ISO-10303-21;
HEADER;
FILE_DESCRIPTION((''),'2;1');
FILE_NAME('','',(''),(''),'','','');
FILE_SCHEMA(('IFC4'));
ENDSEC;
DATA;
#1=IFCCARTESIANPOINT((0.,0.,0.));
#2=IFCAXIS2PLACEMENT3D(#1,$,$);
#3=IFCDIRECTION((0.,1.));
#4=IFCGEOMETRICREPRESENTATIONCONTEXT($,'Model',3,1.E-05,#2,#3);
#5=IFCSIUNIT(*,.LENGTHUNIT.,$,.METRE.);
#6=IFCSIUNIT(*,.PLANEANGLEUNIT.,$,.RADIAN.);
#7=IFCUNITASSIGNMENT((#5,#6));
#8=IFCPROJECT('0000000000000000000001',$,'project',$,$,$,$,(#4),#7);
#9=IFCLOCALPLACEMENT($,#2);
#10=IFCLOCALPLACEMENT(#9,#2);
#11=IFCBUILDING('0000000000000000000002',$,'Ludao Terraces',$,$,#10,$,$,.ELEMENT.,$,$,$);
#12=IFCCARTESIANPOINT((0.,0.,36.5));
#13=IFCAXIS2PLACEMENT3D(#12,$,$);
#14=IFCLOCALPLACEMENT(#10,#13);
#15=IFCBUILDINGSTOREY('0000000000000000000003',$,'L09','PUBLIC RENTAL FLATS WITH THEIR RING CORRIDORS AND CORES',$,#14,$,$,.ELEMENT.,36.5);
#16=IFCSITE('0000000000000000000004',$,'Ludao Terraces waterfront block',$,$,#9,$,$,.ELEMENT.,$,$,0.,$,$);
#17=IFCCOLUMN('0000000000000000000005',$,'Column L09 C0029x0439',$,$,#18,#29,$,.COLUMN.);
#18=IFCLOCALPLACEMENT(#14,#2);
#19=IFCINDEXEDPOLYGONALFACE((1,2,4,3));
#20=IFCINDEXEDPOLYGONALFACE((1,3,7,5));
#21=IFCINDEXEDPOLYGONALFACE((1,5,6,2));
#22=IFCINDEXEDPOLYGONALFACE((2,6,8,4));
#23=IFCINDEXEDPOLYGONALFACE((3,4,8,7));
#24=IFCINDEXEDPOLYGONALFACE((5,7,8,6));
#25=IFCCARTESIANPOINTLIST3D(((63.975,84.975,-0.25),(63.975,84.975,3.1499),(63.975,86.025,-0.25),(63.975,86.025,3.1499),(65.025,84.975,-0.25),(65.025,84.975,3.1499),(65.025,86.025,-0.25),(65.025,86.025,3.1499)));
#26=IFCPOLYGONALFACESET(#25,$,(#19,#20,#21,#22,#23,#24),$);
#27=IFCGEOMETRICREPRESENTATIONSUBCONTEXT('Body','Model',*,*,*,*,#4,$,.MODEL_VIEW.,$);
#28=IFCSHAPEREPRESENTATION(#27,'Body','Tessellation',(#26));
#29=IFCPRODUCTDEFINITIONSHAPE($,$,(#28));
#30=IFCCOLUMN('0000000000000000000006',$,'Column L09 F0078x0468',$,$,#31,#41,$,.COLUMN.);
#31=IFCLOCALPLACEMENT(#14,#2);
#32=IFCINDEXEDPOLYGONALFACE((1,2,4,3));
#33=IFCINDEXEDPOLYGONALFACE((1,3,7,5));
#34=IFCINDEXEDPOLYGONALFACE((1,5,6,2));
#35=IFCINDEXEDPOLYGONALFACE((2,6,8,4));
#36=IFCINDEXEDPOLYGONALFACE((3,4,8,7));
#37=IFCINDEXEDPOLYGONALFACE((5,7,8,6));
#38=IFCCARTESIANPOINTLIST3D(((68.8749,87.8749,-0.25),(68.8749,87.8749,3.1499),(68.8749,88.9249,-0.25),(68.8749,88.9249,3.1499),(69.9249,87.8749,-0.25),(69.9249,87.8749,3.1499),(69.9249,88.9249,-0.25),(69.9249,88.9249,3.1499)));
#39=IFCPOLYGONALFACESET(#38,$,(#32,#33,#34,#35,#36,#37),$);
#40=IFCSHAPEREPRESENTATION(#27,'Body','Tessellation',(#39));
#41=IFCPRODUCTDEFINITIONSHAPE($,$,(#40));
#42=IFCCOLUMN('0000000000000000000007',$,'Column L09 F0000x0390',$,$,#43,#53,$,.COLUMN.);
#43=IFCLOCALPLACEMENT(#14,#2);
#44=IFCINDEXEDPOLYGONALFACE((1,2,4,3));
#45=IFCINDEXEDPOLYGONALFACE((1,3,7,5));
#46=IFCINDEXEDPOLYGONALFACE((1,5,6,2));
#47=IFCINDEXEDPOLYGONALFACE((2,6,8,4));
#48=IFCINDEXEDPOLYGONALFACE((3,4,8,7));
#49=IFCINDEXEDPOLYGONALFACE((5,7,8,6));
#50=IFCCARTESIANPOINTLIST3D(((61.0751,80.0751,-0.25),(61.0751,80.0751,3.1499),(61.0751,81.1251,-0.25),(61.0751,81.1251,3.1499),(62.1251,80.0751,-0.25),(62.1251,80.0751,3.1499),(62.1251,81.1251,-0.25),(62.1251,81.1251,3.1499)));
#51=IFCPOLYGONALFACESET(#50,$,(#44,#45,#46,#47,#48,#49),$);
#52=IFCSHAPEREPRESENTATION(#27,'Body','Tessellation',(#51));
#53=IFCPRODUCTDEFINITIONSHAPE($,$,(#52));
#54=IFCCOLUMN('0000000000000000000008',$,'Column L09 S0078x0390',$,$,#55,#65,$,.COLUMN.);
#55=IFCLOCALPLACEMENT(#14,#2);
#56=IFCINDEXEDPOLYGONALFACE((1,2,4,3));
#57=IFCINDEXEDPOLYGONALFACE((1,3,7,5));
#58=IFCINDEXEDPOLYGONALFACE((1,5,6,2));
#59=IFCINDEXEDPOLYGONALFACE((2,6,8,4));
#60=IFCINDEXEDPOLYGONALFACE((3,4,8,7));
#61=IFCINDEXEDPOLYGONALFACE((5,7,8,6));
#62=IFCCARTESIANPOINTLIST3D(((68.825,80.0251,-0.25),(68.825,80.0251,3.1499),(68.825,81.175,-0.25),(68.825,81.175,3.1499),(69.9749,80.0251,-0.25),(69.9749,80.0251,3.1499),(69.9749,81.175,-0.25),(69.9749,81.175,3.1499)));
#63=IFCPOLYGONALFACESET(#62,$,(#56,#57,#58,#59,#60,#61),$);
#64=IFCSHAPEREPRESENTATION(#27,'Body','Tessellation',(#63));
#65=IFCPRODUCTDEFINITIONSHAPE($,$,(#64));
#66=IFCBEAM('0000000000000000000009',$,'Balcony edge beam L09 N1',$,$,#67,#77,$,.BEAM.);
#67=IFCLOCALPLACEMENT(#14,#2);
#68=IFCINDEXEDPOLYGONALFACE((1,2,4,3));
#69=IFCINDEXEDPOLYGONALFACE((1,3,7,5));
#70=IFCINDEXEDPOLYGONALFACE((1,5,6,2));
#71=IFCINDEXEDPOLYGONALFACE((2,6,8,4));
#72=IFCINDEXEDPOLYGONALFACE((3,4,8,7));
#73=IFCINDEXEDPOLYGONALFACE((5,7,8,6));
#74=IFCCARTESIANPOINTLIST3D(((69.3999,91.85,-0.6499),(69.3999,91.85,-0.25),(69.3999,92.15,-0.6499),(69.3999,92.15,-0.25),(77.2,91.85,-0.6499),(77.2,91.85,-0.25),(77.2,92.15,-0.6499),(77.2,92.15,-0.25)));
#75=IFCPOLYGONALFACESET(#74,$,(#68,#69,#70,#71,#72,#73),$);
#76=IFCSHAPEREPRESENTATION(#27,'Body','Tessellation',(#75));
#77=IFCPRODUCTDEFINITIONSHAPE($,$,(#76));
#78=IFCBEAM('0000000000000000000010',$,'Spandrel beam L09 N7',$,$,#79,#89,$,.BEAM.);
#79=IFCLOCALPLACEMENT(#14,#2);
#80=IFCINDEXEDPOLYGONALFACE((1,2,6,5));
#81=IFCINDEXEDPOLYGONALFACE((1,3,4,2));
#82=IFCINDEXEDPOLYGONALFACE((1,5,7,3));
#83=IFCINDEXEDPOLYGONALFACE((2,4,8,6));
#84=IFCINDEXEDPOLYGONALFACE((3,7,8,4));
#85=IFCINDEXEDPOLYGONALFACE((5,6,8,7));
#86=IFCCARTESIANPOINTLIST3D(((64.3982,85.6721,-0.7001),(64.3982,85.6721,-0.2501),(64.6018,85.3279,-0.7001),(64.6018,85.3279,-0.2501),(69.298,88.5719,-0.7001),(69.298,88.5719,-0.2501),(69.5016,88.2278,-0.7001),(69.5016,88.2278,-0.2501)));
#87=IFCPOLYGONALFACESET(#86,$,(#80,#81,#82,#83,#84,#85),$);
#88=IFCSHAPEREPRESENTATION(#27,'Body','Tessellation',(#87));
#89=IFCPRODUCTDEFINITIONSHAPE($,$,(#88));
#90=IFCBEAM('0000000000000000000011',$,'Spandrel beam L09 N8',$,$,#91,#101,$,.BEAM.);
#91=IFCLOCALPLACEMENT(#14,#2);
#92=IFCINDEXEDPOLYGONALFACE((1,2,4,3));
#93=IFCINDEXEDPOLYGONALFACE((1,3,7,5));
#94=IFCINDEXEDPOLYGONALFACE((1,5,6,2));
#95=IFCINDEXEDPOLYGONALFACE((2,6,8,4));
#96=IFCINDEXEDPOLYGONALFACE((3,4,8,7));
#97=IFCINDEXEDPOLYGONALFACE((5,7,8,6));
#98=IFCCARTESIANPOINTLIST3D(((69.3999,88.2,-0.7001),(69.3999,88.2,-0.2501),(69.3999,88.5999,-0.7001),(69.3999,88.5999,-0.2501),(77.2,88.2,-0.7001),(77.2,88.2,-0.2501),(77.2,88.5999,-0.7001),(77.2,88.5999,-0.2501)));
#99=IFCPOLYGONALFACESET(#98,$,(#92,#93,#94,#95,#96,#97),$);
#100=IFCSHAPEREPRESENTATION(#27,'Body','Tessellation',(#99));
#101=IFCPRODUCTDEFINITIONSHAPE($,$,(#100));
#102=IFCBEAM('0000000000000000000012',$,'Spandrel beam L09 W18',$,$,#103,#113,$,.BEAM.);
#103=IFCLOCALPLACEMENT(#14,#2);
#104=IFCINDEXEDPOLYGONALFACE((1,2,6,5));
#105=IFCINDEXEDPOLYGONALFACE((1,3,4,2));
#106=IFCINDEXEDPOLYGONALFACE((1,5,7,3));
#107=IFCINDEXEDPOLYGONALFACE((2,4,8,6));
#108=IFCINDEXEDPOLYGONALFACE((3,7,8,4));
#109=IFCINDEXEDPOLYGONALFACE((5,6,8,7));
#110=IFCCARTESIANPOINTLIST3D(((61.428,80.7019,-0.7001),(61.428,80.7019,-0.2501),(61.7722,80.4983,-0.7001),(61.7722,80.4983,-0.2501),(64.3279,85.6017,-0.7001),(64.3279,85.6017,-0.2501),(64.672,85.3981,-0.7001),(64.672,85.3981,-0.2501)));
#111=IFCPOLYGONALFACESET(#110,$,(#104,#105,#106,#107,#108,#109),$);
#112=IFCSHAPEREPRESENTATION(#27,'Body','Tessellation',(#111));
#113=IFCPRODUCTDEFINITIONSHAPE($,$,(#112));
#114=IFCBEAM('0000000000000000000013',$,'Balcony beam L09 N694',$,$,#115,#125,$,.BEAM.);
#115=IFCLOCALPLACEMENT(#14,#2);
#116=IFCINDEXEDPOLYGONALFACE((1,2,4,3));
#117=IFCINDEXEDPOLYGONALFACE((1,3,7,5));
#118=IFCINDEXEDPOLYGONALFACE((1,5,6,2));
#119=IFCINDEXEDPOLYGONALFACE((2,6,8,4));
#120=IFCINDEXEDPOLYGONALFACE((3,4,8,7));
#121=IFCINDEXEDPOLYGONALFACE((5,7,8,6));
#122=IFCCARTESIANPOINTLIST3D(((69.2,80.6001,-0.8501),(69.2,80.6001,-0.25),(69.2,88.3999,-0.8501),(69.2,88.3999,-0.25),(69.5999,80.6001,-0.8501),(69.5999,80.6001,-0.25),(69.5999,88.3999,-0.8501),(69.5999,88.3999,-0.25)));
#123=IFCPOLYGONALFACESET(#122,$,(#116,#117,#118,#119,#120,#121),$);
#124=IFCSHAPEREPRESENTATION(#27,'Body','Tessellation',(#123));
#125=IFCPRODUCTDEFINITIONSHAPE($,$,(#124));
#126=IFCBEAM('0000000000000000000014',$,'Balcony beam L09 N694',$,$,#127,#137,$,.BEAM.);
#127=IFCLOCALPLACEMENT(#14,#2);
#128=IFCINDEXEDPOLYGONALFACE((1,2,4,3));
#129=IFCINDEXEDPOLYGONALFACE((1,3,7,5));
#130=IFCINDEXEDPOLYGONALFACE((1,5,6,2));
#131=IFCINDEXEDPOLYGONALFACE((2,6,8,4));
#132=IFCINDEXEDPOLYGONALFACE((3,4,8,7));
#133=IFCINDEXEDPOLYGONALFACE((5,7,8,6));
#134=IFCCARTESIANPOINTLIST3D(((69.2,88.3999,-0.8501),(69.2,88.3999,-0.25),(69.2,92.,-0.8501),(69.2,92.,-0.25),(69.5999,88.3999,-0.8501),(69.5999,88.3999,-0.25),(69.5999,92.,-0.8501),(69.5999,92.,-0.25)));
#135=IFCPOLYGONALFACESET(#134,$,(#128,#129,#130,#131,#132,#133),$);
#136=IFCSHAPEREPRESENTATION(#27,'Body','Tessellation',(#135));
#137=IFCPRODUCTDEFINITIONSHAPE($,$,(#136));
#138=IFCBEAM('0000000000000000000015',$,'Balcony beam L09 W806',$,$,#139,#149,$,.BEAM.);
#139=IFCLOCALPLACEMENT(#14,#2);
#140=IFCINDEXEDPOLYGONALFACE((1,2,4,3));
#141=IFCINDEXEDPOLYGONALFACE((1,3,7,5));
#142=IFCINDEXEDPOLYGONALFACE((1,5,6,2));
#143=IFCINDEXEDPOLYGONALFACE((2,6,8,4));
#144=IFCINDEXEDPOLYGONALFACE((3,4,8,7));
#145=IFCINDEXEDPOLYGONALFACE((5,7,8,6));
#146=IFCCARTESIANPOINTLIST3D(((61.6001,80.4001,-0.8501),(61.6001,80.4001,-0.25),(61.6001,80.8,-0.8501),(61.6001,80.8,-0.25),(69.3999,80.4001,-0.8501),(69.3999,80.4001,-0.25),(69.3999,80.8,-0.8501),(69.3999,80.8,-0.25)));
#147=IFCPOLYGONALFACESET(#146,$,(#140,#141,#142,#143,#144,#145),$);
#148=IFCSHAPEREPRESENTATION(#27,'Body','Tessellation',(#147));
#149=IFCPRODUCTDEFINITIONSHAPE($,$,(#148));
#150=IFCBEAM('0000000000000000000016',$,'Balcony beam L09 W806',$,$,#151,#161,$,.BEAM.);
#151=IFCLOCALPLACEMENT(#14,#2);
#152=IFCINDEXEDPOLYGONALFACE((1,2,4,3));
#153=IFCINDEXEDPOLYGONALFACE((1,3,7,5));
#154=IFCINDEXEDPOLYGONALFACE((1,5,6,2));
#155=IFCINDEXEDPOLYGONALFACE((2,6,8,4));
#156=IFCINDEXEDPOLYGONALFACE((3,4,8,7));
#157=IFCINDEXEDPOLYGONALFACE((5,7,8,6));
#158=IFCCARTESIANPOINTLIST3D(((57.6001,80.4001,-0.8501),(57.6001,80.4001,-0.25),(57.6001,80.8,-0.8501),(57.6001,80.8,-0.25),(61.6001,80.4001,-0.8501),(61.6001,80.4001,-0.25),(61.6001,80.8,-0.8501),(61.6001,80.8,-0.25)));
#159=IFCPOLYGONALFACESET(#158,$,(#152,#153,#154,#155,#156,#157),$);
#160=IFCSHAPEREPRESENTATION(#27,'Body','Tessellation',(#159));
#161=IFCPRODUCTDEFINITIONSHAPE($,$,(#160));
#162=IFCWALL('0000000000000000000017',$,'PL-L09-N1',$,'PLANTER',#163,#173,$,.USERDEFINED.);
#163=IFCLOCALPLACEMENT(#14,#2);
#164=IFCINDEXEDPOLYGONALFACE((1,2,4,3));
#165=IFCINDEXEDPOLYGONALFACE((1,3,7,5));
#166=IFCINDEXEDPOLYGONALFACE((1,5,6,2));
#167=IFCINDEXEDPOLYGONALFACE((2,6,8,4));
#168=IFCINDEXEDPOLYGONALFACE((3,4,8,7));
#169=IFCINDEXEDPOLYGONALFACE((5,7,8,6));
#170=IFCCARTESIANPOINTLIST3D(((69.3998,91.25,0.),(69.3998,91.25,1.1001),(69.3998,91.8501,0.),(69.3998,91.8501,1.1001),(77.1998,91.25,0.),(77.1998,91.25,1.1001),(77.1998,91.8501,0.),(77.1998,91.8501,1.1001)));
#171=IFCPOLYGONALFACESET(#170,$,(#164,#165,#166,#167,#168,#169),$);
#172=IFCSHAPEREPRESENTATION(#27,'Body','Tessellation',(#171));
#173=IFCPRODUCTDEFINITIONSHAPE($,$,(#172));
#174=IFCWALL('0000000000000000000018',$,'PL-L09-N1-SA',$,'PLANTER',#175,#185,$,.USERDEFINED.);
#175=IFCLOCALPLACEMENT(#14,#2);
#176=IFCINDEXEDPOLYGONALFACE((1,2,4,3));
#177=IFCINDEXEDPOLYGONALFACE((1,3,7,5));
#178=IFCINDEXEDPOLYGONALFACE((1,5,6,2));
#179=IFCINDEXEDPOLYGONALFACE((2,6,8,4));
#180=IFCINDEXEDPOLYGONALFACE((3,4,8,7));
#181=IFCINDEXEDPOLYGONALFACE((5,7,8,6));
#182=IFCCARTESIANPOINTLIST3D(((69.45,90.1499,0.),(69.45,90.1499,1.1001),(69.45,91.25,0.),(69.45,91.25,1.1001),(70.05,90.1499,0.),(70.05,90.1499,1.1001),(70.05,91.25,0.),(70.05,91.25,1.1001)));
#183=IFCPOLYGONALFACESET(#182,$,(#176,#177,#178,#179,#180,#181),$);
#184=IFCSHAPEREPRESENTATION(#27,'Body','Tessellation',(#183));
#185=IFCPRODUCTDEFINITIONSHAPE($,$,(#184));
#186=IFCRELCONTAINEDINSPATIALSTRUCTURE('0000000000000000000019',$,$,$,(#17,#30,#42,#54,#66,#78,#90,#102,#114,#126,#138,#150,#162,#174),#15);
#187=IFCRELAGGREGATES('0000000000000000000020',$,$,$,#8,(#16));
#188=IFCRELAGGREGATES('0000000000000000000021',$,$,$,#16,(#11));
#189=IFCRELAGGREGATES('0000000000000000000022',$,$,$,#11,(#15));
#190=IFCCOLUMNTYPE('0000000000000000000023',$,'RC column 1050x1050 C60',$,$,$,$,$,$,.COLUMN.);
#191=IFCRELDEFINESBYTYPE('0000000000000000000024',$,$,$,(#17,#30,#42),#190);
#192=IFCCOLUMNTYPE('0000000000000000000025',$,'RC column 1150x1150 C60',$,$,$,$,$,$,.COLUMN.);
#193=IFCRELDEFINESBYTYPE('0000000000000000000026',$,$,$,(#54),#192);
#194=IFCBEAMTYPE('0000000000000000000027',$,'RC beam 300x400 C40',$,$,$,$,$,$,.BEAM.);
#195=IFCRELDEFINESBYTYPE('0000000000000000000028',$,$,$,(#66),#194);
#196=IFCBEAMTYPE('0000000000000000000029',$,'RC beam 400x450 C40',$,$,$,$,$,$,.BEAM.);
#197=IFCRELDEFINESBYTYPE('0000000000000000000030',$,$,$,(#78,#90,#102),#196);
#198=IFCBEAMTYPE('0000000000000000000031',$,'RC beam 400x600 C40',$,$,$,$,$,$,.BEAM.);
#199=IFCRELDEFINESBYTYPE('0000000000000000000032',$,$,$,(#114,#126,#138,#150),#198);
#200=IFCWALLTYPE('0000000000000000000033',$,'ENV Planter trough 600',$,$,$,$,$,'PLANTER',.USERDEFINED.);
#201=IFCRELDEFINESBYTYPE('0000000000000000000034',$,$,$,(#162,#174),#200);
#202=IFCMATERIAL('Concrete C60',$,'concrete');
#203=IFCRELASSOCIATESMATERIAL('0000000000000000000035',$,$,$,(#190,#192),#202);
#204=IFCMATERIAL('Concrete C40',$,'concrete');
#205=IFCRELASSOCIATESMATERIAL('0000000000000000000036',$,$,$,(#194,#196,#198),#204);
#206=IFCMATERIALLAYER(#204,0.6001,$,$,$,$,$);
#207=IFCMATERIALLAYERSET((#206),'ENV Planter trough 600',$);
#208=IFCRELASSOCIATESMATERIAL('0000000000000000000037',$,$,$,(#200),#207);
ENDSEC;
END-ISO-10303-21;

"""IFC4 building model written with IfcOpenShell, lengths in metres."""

from ifc_helpers import new_model, si_unit, direction, frame, frame_2d, origin, origin_2d, place, context, subcontext, project, spatial, rectangle, extrude, material, layer, layer_set, material_profile, profile_set, type_object, element, save


model = new_model("IFC4")

# Units and contexts
model_context = context("Model", 3, precision=1e-05, world=origin(), true_north=direction((0.0, 1.0)))
body_context = subcontext(model_context, "Body", "Model", "MODEL_VIEW")
ifc_project = project(units=[si_unit("LENGTHUNIT", "METRE"), si_unit("PLANEANGLEUNIT", "RADIAN")], contexts=[model_context])

# Site, building, storey
site_placement = place(None, origin())
site = spatial("IfcSite", under=ifc_project, at=site_placement, Name="Ludao Terraces waterfront block", CompositionType="ELEMENT", RefElevation=0.0)
building_placement = place(site_placement, origin())
building = spatial("IfcBuilding", under=site, at=building_placement, Name="Ludao Terraces", CompositionType="ELEMENT")
storey_placement = place(building_placement, frame((0.0, 0.0, 36.5)))
storey = spatial("IfcBuildingStorey", under=building, at=storey_placement, Name="L09", Description="PUBLIC RENTAL FLATS WITH THEIR RING CORRIDORS AND CORES", CompositionType="ELEMENT", Elevation=36.5)

# Columns
ifc_material_1 = material(Name="Concrete C60", Category="concrete")
ifc_material_profile_1 = material_profile(ifc_material_1, rectangle(XDim=1.05, YDim=1.05, at=origin_2d()), Name="1050 X 1050")
ifc_profile_set_1 = profile_set([ifc_material_profile_1], Name="Concrete C60")
column_type_1 = type_object("IfcColumnType", Name="RC column 1050x1050 C60", PredefinedType="COLUMN", material=ifc_profile_set_1)
for number, where, z_axis, x_axis, name in (
    (1, (64.5, 85.5, -0.25), (0.0, 0.0, 1.0), (1.0, 0.0, 0.0), "Column L09 C0029x0439"),
    (2, (69.3999, 88.3999, -0.25), (0.0, 0.0, 1.0), (1.0, 0.0, 0.0), "Column L09 F0078x0468"),
    (3, (61.6001, 80.6001, -0.25), (0.0, 0.0, 1.0), (1.0, 0.0, 0.0), "Column L09 F0000x0390"),
):
    element("IfcColumn", number, at=place(storey_placement, frame(where, z_axis=z_axis, x_axis=x_axis)), inside=storey, type_object=column_type_1, Name=name, PredefinedType="COLUMN", context=body_context, shape_type="SweptSolid", body=[
        extrude(rectangle(XDim=1.05, YDim=1.05, at=origin_2d()), origin(), (0.0, 0.0, 1.0), 3.3999),
    ])
ifc_material_profile_2 = material_profile(ifc_material_1, rectangle(XDim=1.1499, YDim=1.1499, at=origin_2d()), Name="1150 X 1150")
ifc_profile_set_2 = profile_set([ifc_material_profile_2], Name="Concrete C60")
column_type_2 = type_object("IfcColumnType", Name="RC column 1150x1150 C60", PredefinedType="COLUMN", material=ifc_profile_set_2)
column_placement = place(storey_placement, frame((69.3999, 80.6001, -0.25), z_axis=(0.0, 0.0, 1.0), x_axis=(1.0, 0.0, 0.0)))
element("IfcColumn", 4, at=column_placement, inside=storey, type_object=column_type_2, Name="Column L09 S0078x0390", PredefinedType="COLUMN", context=body_context, shape_type="SweptSolid", body=[
    extrude(rectangle(XDim=1.1499, YDim=1.1499, at=origin_2d()), origin(), (0.0, 0.0, 1.0), 3.3999),
])

# Beams
ifc_material_2 = material(Name="Concrete C40", Category="concrete")
ifc_material_profile_3 = material_profile(ifc_material_2, rectangle(XDim=0.3, YDim=0.3999, at=origin_2d()), Name="300 X 400")
ifc_profile_set_3 = profile_set([ifc_material_profile_3], Name="Concrete C40")
beam_type_1 = type_object("IfcBeamType", Name="RC beam 300x400 C40", PredefinedType="BEAM", material=ifc_profile_set_3)
beam_1_placement = place(storey_placement, frame((69.3999, 92.0, -0.45), z_axis=(1.0, 0.0, 0.0), x_axis=(0.0, 1.0, 0.0)))
element("IfcBeam", 5, at=beam_1_placement, inside=storey, type_object=beam_type_1, Name="Balcony edge beam L09 N1", PredefinedType="BEAM", context=body_context, shape_type="SweptSolid", body=[
    extrude(rectangle(XDim=0.3, YDim=0.3999, at=origin_2d()), origin(), (0.0, 0.0, 1.0), 7.8),
])
ifc_material_profile_4 = material_profile(ifc_material_2, rectangle(XDim=0.3999, YDim=0.45, at=origin_2d()), Name="400 X 450")
ifc_profile_set_4 = profile_set([ifc_material_profile_4], Name="Concrete C40")
beam_type_2 = type_object("IfcBeamType", Name="RC beam 400x450 C40", PredefinedType="BEAM", material=ifc_profile_set_4)
beam_2_placement = place(storey_placement, frame((64.5, 85.5, -0.4751), z_axis=(0.86058, 0.509316, 0.0), x_axis=(-0.509316, 0.86058, 0.0)))
element("IfcBeam", 6, at=beam_2_placement, inside=storey, type_object=beam_type_2, Name="Spandrel beam L09 N7", PredefinedType="BEAM", context=body_context, shape_type="SweptSolid", body=[
    extrude(rectangle(XDim=0.3999, YDim=0.45, at=origin_2d()), origin(), (0.0, 0.0, 1.0), 5.6936),
])
beam_3_placement = place(storey_placement, frame((69.3999, 88.3999, -0.4751), z_axis=(1.0, 0.0, 0.0), x_axis=(0.0, 1.0, 0.0)))
element("IfcBeam", 7, at=beam_3_placement, inside=storey, type_object=beam_type_2, Name="Spandrel beam L09 N8", PredefinedType="BEAM", context=body_context, shape_type="SweptSolid", body=[
    extrude(rectangle(XDim=0.3999, YDim=0.45, at=origin_2d()), origin(), (0.0, 0.0, 1.0), 7.8),
])
beam_4_placement = place(storey_placement, frame((61.6001, 80.6001, -0.4751), z_axis=(0.509316, 0.86058, 0.0), x_axis=(-0.86058, 0.509316, 0.0)))
element("IfcBeam", 8, at=beam_4_placement, inside=storey, type_object=beam_type_2, Name="Spandrel beam L09 W18", PredefinedType="BEAM", context=body_context, shape_type="SweptSolid", body=[
    extrude(rectangle(XDim=0.3999, YDim=0.45, at=origin_2d()), origin(), (0.0, 0.0, 1.0), 5.6936),
])
ifc_material_profile_5 = material_profile(ifc_material_2, rectangle(XDim=0.3999, YDim=0.6001, at=origin_2d()), Name="400 X 600")
ifc_profile_set_5 = profile_set([ifc_material_profile_5], Name="Concrete C40")
beam_type_3 = type_object("IfcBeamType", Name="RC beam 400x600 C40", PredefinedType="BEAM", material=ifc_profile_set_5)
beam_5_placement = place(storey_placement, frame((69.3999, 80.6001, -0.55), z_axis=(0.0, 1.0, 0.0), x_axis=(-1.0, 0.0, 0.0)))
element("IfcBeam", 9, at=beam_5_placement, inside=storey, type_object=beam_type_3, Name="Balcony beam L09 N694", PredefinedType="BEAM", context=body_context, shape_type="SweptSolid", body=[
    extrude(rectangle(XDim=0.3999, YDim=0.6001, at=origin_2d()), origin(), (0.0, 0.0, 1.0), 7.7998),
])
beam_6_placement = place(storey_placement, frame((69.3999, 88.3999, -0.55), z_axis=(0.0, 1.0, 0.0), x_axis=(-1.0, 0.0, 0.0)))
element("IfcBeam", 10, at=beam_6_placement, inside=storey, type_object=beam_type_3, Name="Balcony beam L09 N694", PredefinedType="BEAM", context=body_context, shape_type="SweptSolid", body=[
    extrude(rectangle(XDim=0.3999, YDim=0.6001, at=origin_2d()), origin(), (0.0, 0.0, 1.0), 3.6001),
])
beam_7_placement = place(storey_placement, frame((69.3999, 80.6001, -0.55), z_axis=(-1.0, 0.0, 0.0), x_axis=(0.0, -1.0, 0.0)))
element("IfcBeam", 11, at=beam_7_placement, inside=storey, type_object=beam_type_3, Name="Balcony beam L09 W806", PredefinedType="BEAM", context=body_context, shape_type="SweptSolid", body=[
    extrude(rectangle(XDim=0.3999, YDim=0.6001, at=origin_2d()), origin(), (0.0, 0.0, 1.0), 7.7998),
])
beam_8_placement = place(storey_placement, frame((61.6001, 80.6001, -0.55), z_axis=(-1.0, 0.0, 0.0), x_axis=(0.0, -1.0, 0.0)))
element("IfcBeam", 12, at=beam_8_placement, inside=storey, type_object=beam_type_3, Name="Balcony beam L09 W806", PredefinedType="BEAM", context=body_context, shape_type="SweptSolid", body=[
    extrude(rectangle(XDim=0.3999, YDim=0.6001, at=origin_2d()), origin(), (0.0, 0.0, 1.0), 4.0),
])

# Walls
ifc_layer_1 = layer(ifc_material_2, 0.6001)
ifc_layer_set_1 = layer_set([ifc_layer_1], Name="ENV Planter trough 600")
wall_type_1 = type_object("IfcWallType", Name="ENV Planter trough 600", ElementType="PLANTER", PredefinedType="USERDEFINED", material=ifc_layer_set_1)
wall_1_placement = place(storey_placement, frame((69.3999, 91.55, 0.0), z_axis=(0.0, 0.0, 1.0), x_axis=(1.0, 0.0, 0.0)))
element("IfcWall", 13, at=wall_1_placement, inside=storey, type_object=wall_type_1, Name="PL-L09-N1", ObjectType="PLANTER", PredefinedType="USERDEFINED", context=body_context, shape_type="SweptSolid", body=[
    extrude(rectangle(XDim=7.8, YDim=0.6001, at=frame_2d((3.8999, 0.0))), origin(), (0.0, 0.0, 1.0), 1.1001),
])
wall_2_placement = place(storey_placement, frame((69.75, 91.25, 0.0), z_axis=(0.0, 0.0, 1.0), x_axis=(0.0, -1.0, 0.0)))
element("IfcWall", 14, at=wall_2_placement, inside=storey, type_object=wall_type_1, Name="PL-L09-N1-SA", ObjectType="PLANTER", PredefinedType="USERDEFINED", context=body_context, shape_type="SweptSolid", body=[
    extrude(rectangle(XDim=1.1001, YDim=0.6001, at=frame_2d((0.55, 0.0))), origin(), (0.0, 0.0, 1.0), 1.1001),
])

save(model, "model.ifc")
